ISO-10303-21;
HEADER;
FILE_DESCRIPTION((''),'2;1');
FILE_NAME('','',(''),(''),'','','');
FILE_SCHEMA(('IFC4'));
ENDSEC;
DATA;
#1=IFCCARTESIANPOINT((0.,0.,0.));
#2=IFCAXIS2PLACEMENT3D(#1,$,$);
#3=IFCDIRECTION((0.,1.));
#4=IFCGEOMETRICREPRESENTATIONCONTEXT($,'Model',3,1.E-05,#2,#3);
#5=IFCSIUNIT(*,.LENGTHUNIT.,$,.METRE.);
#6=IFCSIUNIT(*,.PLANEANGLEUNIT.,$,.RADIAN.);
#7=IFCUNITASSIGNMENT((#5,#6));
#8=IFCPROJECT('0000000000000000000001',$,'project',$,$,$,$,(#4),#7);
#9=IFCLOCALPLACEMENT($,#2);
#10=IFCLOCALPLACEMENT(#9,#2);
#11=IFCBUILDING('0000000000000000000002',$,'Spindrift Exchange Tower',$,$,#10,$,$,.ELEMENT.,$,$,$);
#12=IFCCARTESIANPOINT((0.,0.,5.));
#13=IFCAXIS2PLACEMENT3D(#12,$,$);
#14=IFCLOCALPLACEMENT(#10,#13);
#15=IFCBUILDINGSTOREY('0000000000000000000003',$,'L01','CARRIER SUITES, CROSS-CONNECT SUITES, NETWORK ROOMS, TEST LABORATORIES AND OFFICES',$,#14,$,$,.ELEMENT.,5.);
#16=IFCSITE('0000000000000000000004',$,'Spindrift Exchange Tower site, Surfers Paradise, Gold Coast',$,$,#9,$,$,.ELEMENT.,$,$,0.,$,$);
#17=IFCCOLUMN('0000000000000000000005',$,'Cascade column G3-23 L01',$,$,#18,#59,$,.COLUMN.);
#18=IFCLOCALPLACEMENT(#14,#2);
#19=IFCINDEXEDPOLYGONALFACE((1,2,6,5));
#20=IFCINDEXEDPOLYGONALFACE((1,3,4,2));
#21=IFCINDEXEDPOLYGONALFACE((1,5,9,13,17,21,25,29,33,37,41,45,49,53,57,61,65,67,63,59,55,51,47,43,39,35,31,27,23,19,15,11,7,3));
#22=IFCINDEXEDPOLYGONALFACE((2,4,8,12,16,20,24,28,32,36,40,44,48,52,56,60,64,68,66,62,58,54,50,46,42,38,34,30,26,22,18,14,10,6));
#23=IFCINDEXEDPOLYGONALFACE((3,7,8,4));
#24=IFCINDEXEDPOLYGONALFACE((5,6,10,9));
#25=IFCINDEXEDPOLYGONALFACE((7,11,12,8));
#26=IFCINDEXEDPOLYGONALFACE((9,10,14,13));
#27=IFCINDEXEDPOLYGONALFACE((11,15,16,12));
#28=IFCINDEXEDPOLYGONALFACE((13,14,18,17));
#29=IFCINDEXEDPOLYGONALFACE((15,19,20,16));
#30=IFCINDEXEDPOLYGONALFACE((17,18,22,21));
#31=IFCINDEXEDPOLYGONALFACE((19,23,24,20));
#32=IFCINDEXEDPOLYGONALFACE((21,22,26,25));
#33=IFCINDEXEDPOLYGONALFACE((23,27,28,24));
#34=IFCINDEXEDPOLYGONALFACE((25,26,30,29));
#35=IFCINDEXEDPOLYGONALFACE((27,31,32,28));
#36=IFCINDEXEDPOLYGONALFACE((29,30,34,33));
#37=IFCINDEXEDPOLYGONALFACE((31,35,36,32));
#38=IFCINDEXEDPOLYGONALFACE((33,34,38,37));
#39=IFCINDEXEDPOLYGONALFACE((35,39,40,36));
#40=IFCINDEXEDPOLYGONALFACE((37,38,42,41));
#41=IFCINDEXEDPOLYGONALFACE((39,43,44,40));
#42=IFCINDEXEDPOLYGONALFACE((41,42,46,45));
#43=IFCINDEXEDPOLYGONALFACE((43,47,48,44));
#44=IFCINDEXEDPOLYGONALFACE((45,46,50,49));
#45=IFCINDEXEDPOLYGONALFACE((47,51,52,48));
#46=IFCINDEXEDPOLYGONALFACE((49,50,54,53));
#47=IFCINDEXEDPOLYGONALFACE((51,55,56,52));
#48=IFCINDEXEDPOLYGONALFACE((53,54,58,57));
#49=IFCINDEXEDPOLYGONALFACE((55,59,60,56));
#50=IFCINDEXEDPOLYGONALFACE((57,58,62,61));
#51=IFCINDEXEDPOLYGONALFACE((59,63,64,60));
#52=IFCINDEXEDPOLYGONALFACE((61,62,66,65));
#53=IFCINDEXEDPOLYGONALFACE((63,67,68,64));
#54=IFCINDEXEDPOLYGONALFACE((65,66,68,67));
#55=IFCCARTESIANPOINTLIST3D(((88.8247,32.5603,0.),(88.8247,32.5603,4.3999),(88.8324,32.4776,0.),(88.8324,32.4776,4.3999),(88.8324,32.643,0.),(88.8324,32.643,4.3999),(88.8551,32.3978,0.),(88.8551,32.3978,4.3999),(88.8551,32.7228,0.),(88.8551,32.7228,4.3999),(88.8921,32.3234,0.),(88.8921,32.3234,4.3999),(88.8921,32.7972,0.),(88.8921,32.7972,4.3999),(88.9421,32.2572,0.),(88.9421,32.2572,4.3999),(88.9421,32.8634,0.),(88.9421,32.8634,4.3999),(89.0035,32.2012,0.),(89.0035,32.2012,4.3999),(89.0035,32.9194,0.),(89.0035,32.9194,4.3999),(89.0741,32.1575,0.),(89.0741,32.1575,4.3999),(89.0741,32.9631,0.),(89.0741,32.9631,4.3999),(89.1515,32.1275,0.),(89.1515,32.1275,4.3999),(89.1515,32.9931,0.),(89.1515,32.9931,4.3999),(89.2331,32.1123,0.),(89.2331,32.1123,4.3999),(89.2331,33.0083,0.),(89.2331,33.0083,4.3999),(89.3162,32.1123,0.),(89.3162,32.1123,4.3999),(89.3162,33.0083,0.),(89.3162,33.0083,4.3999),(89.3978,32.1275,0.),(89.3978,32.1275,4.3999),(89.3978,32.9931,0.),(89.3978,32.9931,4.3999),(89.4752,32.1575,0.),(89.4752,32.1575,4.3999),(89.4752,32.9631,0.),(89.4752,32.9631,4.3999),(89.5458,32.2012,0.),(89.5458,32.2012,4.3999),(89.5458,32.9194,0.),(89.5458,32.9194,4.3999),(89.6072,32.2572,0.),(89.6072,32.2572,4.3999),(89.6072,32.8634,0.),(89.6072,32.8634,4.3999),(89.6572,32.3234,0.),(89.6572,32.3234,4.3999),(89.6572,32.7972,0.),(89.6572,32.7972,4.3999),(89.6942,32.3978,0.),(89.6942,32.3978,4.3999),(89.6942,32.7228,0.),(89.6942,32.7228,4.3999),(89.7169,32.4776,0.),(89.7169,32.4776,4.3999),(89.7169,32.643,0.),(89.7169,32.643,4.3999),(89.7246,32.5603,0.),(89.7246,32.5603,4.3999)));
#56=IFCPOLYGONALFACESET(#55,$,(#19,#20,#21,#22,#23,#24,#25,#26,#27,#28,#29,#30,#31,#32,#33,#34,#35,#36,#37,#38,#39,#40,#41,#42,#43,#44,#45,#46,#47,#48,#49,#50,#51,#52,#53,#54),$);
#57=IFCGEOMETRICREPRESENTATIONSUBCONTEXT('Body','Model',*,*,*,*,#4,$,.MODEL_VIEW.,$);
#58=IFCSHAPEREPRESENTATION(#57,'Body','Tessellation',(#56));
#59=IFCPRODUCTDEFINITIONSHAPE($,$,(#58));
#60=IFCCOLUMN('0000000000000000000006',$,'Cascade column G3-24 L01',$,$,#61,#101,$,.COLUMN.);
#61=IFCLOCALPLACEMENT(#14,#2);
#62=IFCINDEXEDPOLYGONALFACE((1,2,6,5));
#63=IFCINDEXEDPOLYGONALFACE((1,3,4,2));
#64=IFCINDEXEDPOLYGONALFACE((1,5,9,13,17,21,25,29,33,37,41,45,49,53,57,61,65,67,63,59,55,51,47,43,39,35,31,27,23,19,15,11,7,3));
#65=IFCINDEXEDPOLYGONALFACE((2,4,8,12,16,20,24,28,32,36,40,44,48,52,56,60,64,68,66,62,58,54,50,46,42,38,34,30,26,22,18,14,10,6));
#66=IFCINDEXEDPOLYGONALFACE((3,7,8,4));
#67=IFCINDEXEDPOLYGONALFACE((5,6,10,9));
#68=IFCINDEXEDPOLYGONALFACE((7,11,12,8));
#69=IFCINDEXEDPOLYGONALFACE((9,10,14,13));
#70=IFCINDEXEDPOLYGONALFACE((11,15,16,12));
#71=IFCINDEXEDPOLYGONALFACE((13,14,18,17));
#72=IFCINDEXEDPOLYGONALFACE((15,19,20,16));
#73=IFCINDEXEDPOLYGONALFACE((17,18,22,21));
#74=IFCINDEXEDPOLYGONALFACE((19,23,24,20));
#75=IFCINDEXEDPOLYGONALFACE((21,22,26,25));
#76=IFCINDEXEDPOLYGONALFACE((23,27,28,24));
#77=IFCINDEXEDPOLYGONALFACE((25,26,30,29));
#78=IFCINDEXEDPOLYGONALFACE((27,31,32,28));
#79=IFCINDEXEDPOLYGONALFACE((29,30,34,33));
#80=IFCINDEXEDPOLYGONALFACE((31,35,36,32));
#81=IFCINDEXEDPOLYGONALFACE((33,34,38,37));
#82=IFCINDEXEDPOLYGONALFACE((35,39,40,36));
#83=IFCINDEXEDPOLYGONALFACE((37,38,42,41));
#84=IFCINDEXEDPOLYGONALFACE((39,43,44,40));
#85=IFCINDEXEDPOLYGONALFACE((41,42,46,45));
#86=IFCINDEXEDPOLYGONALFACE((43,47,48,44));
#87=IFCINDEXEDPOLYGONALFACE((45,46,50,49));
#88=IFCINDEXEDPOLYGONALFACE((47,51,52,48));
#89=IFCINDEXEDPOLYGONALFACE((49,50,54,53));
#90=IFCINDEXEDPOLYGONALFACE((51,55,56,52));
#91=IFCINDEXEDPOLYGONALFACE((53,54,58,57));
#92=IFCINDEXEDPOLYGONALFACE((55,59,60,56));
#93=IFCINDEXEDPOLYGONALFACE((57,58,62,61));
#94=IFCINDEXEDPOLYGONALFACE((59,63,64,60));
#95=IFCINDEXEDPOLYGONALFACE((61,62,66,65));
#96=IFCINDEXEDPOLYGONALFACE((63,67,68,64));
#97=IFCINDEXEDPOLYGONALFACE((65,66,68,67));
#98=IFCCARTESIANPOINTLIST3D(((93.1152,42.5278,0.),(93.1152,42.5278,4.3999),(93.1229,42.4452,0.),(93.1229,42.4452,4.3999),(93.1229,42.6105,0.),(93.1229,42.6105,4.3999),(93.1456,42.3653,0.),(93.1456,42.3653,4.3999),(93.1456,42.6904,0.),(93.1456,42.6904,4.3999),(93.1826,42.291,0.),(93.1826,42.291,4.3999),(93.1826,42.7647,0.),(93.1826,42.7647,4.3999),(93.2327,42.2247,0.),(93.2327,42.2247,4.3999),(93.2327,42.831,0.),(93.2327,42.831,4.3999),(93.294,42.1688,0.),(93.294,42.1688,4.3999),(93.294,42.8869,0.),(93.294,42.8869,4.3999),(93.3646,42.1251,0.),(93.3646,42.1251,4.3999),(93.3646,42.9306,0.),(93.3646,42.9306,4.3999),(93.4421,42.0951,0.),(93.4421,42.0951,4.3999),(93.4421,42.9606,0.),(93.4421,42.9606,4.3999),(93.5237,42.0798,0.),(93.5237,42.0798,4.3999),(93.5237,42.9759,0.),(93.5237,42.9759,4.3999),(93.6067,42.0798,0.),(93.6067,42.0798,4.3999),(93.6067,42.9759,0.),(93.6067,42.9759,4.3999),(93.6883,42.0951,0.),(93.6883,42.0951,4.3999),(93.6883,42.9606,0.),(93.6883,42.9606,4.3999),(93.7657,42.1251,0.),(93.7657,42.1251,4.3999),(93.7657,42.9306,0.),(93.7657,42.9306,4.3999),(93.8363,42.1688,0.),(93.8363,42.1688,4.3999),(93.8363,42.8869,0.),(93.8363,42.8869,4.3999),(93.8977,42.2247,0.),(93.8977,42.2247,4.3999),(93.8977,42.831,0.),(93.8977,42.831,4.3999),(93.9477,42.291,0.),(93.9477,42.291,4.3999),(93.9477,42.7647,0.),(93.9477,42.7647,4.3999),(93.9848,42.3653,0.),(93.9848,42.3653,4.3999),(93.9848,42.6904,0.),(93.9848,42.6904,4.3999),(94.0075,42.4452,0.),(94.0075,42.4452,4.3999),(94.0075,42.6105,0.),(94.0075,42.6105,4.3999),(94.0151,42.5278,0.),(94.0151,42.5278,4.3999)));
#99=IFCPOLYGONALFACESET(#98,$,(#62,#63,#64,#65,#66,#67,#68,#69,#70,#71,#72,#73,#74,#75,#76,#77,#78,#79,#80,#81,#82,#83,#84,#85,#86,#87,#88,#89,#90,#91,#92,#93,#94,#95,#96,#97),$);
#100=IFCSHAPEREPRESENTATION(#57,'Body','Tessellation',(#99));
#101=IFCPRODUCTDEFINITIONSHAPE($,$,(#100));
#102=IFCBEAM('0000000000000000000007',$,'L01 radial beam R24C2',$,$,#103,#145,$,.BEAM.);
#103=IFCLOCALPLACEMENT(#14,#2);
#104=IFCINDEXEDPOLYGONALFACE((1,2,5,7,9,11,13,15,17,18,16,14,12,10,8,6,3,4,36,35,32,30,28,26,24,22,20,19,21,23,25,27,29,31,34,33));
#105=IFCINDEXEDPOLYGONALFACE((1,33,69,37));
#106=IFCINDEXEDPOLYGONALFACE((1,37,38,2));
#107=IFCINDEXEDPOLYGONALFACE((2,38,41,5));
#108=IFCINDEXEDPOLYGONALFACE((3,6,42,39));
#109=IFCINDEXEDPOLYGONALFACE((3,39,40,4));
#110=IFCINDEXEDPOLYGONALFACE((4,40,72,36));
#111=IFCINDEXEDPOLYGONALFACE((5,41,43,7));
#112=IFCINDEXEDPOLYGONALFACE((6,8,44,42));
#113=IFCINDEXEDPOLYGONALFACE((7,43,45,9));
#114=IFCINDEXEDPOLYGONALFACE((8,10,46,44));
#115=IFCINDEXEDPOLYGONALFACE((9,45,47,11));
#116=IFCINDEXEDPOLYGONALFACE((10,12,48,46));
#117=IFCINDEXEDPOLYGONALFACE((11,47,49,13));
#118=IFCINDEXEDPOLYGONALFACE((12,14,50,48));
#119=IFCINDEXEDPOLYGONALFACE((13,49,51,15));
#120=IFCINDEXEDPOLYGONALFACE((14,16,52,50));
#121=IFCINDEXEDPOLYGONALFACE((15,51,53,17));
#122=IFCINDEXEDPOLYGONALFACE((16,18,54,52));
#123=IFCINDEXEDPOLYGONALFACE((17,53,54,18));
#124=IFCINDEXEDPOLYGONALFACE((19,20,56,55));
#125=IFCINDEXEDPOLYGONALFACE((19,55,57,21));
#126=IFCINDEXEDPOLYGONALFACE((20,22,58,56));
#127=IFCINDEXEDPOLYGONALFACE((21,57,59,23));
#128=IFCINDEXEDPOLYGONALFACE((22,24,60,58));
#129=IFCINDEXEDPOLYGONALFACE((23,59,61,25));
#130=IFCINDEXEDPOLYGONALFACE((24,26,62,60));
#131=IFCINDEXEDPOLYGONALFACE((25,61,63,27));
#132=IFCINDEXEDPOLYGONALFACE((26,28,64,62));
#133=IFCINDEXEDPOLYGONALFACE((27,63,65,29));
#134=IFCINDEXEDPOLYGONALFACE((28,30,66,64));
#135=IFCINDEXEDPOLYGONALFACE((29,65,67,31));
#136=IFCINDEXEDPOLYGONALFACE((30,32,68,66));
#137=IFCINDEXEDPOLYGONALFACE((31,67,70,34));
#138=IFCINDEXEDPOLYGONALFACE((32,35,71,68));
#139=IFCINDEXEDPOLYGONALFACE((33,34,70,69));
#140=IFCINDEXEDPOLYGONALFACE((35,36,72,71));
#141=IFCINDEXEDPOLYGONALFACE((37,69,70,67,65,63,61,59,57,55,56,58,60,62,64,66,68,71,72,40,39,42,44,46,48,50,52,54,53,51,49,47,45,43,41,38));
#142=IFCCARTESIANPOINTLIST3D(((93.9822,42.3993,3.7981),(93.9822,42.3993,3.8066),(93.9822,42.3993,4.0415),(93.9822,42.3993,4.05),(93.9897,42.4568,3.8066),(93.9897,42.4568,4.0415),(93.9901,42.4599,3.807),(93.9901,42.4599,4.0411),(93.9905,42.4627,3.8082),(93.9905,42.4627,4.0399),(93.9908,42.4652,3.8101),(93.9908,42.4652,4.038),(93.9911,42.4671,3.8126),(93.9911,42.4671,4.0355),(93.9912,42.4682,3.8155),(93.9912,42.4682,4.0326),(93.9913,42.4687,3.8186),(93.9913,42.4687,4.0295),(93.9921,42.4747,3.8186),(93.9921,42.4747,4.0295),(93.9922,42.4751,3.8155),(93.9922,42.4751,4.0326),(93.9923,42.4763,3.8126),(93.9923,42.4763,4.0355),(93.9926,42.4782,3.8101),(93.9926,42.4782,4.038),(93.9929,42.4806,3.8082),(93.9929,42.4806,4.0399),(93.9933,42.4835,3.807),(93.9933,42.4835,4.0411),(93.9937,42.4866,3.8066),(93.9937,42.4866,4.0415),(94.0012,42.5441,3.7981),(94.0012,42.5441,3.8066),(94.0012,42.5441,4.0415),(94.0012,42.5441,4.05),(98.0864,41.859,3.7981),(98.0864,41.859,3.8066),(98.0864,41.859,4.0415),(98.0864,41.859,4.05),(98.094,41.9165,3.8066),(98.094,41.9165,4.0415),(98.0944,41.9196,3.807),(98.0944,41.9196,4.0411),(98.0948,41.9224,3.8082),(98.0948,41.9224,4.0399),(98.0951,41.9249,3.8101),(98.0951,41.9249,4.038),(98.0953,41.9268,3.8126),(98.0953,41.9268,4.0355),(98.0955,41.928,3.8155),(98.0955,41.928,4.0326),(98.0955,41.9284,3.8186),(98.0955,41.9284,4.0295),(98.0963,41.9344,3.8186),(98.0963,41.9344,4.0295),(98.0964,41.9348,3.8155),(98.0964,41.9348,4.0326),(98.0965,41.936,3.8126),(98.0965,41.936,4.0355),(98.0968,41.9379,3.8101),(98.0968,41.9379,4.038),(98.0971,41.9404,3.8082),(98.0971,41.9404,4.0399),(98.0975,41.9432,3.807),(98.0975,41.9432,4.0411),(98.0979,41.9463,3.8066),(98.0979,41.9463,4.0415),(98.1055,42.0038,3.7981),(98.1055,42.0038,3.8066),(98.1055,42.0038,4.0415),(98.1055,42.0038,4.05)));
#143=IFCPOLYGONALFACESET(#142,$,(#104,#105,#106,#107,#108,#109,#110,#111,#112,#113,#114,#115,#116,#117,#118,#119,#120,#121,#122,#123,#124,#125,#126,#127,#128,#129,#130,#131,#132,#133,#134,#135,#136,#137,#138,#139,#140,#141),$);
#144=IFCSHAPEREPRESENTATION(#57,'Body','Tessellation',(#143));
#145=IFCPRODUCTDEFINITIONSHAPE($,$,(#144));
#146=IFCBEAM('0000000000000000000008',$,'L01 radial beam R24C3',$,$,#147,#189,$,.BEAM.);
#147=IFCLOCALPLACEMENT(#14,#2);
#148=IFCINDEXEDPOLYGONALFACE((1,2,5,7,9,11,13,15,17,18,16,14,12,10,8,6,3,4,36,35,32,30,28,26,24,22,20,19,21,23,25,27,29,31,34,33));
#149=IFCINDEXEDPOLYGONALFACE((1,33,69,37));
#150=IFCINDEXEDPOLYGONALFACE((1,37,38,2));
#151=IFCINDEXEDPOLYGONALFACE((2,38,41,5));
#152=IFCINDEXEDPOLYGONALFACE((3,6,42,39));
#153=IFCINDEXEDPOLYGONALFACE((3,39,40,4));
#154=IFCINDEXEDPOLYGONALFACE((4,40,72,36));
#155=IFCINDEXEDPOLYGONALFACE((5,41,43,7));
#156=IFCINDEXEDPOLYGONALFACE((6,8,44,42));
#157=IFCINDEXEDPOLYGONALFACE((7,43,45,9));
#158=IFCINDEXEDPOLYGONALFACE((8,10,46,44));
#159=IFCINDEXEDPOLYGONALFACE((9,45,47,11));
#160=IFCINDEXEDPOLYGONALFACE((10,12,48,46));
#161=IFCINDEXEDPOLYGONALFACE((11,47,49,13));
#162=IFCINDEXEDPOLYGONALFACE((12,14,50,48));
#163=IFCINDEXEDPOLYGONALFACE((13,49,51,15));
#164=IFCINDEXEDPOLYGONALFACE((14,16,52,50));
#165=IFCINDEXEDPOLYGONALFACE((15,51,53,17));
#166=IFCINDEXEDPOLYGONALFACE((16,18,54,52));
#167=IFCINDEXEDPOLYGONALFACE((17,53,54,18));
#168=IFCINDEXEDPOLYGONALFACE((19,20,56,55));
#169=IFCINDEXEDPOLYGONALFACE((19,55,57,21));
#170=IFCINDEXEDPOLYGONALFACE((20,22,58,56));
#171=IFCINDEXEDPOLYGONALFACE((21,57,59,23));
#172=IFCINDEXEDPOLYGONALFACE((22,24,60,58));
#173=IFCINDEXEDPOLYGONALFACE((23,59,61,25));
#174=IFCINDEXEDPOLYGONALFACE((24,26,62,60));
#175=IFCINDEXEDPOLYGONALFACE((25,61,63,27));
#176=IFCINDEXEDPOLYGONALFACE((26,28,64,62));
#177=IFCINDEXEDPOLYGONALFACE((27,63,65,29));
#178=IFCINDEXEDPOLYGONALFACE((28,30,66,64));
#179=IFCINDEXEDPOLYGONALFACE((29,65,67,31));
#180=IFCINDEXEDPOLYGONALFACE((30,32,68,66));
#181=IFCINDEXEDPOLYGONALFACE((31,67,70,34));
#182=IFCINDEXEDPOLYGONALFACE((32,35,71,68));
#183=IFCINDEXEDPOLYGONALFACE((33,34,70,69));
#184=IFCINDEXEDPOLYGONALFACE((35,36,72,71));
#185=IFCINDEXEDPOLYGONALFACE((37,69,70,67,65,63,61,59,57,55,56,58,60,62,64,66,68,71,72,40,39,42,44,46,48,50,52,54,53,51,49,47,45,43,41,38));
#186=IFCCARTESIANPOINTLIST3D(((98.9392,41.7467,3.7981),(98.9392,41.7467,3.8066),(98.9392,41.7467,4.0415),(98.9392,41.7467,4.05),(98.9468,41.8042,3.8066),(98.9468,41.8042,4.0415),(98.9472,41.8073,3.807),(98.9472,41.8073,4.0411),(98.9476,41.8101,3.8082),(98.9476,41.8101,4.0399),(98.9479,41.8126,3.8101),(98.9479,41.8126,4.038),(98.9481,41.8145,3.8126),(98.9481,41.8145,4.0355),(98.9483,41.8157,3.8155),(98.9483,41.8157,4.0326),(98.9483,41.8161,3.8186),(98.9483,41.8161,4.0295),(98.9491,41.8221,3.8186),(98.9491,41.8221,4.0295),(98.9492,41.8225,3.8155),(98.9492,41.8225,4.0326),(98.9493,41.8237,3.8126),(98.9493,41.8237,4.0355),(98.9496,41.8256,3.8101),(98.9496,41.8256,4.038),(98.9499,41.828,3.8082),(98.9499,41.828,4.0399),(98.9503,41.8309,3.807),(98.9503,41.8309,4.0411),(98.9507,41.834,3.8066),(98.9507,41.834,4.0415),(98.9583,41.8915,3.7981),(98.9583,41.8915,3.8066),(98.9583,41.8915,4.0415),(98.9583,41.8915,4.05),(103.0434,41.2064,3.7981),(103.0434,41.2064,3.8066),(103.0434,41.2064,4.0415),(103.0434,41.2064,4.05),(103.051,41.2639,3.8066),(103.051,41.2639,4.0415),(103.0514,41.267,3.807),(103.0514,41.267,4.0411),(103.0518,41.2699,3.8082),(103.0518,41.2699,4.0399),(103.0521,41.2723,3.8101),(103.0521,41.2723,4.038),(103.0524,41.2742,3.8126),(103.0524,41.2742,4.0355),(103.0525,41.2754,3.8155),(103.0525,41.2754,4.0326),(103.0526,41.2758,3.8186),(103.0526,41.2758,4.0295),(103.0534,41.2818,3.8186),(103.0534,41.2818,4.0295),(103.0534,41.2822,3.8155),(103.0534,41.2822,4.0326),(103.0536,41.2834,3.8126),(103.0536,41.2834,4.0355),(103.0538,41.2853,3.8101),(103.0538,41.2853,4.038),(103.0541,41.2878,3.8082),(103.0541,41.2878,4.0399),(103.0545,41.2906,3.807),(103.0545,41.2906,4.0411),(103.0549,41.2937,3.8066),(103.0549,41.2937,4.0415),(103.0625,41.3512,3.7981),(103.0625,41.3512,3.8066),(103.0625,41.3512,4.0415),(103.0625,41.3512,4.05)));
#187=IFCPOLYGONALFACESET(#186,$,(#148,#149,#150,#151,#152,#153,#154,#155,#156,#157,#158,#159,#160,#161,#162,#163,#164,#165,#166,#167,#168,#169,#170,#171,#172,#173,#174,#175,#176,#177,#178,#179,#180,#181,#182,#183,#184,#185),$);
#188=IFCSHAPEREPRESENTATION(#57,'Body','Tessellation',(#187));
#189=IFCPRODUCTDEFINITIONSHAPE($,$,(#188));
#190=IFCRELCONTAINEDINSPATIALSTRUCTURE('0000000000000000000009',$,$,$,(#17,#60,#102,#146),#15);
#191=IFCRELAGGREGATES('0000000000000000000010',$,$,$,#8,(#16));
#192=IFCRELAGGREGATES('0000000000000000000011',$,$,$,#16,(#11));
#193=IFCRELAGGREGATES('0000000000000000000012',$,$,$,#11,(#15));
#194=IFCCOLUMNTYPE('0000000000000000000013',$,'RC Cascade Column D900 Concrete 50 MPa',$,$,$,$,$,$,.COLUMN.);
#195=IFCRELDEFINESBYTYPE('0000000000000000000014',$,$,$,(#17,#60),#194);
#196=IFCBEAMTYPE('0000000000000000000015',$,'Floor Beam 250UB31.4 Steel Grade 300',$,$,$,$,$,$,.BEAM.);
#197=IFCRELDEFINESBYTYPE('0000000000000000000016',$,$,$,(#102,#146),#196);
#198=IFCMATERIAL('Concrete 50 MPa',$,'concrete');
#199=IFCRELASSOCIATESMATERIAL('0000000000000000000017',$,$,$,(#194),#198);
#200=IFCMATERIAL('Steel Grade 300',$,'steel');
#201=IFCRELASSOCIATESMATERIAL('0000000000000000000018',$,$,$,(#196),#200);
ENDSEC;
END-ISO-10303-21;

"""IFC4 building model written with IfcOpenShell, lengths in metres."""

from ifc_helpers import new_model, si_unit, direction, frame, origin, origin_2d, place, context, subcontext, project, spatial, circle, i_section, extrude, source, transform, mapped, material, material_profile, profile_set, type_object, element, save


model = new_model("IFC4")

# Units and contexts
model_context = context("Model", 3, precision=1e-05, world=origin(), true_north=direction((0.0, 1.0)))
body_context = subcontext(model_context, "Body", "Model", "MODEL_VIEW")
ifc_project = project(units=[si_unit("LENGTHUNIT", "METRE"), si_unit("PLANEANGLEUNIT", "RADIAN")], contexts=[model_context])

# Site, building, storey
site_placement = place(None, origin())
site = spatial("IfcSite", under=ifc_project, at=site_placement, Name="Spindrift Exchange Tower site, Surfers Paradise, Gold Coast", CompositionType="ELEMENT", RefElevation=0.0)
building_placement = place(site_placement, origin())
building = spatial("IfcBuilding", under=site, at=building_placement, Name="Spindrift Exchange Tower", CompositionType="ELEMENT")
storey_placement = place(building_placement, frame((0.0, 0.0, 5.0)))
storey = spatial("IfcBuildingStorey", under=building, at=storey_placement, Name="L01", Description="CARRIER SUITES, CROSS-CONNECT SUITES, NETWORK ROOMS, TEST LABORATORIES AND OFFICES", CompositionType="ELEMENT", Elevation=5.0)

# Columns
ifc_material_1 = material(Name="Concrete 50 MPa", Category="concrete")
ifc_material_profile_1 = material_profile(ifc_material_1, circle(Radius=0.45, at=origin_2d()), Name="RC D900")
ifc_profile_set_1 = profile_set([ifc_material_profile_1], Name="Concrete 50 MPa")
column_type_1 = type_object("IfcColumnType", Name="RC Cascade Column D900 Concrete 50 MPa", PredefinedType="COLUMN", material=ifc_profile_set_1)
shared_shape_1 = source(origin(), body_context, "Body", "SweptSolid", [
    extrude(circle(Radius=0.45, at=origin_2d()), origin(), (0.0, 0.0, 1.0), 4.3999),
])
for number, where, z_axis, x_axis, name in (
    (1, (89.2747, 32.5603, 0.0), (0.0, 0.0, 1.0), (1.0, 0.0, 0.0), "Cascade column G3-23 L01"),
    (2, (93.5652, 42.5278, 0.0), (0.0, 0.0, 1.0), (1.0, 0.0, 0.0), "Cascade column G3-24 L01"),
):
    element("IfcColumn", number, at=place(storey_placement, frame(where, z_axis=z_axis, x_axis=x_axis)), inside=storey, type_object=column_type_1, Name=name, PredefinedType="COLUMN", context=body_context, shape_type="MappedRepresentation", body=[
        mapped(shared_shape_1, transform((0.0, 0.0, 0.0), scale=1.0)),
    ])

# Beams
ifc_material_2 = material(Name="Steel Grade 300", Category="steel")
ifc_material_profile_2 = material_profile(ifc_material_2, i_section(OverallWidth=0.146, OverallDepth=0.252, WebThickness=0.0061, FlangeThickness=0.0085, FilletRadius=0.012, at=origin_2d()), Name="250UB31.4")
ifc_profile_set_2 = profile_set([ifc_material_profile_2], Name="Steel Grade 300")
beam_type_1 = type_object("IfcBeamType", Name="Floor Beam 250UB31.4 Steel Grade 300", PredefinedType="BEAM", material=ifc_profile_set_2)
shared_shape_2 = source(origin(), body_context, "Body", "SweptSolid", [
    extrude(i_section(OverallWidth=0.146, OverallDepth=0.252, WebThickness=0.0061, FlangeThickness=0.0085, FilletRadius=0.012, at=origin_2d()), origin(), (0.0, 0.0, 1.0), 4.1396),
])
for number, where, z_axis, x_axis, name in (
    (3, (93.9917, 42.4717, 3.9241), (0.991446, -0.130514, 0.0), (0.130514, 0.991446, 0.0), "L01 radial beam R24C2"),
    (4, (98.9487, 41.8191, 3.9241), (0.991446, -0.130514, 0.0), (0.130514, 0.991446, 0.0), "L01 radial beam R24C3"),
):
    element("IfcBeam", number, at=place(storey_placement, frame(where, z_axis=z_axis, x_axis=x_axis)), inside=storey, type_object=beam_type_1, Name=name, PredefinedType="BEAM", context=body_context, shape_type="MappedRepresentation", body=[
        mapped(shared_shape_2, transform((0.0, 0.0, 0.0), scale=1.0)),
    ])

save(model, "model.ifc")
